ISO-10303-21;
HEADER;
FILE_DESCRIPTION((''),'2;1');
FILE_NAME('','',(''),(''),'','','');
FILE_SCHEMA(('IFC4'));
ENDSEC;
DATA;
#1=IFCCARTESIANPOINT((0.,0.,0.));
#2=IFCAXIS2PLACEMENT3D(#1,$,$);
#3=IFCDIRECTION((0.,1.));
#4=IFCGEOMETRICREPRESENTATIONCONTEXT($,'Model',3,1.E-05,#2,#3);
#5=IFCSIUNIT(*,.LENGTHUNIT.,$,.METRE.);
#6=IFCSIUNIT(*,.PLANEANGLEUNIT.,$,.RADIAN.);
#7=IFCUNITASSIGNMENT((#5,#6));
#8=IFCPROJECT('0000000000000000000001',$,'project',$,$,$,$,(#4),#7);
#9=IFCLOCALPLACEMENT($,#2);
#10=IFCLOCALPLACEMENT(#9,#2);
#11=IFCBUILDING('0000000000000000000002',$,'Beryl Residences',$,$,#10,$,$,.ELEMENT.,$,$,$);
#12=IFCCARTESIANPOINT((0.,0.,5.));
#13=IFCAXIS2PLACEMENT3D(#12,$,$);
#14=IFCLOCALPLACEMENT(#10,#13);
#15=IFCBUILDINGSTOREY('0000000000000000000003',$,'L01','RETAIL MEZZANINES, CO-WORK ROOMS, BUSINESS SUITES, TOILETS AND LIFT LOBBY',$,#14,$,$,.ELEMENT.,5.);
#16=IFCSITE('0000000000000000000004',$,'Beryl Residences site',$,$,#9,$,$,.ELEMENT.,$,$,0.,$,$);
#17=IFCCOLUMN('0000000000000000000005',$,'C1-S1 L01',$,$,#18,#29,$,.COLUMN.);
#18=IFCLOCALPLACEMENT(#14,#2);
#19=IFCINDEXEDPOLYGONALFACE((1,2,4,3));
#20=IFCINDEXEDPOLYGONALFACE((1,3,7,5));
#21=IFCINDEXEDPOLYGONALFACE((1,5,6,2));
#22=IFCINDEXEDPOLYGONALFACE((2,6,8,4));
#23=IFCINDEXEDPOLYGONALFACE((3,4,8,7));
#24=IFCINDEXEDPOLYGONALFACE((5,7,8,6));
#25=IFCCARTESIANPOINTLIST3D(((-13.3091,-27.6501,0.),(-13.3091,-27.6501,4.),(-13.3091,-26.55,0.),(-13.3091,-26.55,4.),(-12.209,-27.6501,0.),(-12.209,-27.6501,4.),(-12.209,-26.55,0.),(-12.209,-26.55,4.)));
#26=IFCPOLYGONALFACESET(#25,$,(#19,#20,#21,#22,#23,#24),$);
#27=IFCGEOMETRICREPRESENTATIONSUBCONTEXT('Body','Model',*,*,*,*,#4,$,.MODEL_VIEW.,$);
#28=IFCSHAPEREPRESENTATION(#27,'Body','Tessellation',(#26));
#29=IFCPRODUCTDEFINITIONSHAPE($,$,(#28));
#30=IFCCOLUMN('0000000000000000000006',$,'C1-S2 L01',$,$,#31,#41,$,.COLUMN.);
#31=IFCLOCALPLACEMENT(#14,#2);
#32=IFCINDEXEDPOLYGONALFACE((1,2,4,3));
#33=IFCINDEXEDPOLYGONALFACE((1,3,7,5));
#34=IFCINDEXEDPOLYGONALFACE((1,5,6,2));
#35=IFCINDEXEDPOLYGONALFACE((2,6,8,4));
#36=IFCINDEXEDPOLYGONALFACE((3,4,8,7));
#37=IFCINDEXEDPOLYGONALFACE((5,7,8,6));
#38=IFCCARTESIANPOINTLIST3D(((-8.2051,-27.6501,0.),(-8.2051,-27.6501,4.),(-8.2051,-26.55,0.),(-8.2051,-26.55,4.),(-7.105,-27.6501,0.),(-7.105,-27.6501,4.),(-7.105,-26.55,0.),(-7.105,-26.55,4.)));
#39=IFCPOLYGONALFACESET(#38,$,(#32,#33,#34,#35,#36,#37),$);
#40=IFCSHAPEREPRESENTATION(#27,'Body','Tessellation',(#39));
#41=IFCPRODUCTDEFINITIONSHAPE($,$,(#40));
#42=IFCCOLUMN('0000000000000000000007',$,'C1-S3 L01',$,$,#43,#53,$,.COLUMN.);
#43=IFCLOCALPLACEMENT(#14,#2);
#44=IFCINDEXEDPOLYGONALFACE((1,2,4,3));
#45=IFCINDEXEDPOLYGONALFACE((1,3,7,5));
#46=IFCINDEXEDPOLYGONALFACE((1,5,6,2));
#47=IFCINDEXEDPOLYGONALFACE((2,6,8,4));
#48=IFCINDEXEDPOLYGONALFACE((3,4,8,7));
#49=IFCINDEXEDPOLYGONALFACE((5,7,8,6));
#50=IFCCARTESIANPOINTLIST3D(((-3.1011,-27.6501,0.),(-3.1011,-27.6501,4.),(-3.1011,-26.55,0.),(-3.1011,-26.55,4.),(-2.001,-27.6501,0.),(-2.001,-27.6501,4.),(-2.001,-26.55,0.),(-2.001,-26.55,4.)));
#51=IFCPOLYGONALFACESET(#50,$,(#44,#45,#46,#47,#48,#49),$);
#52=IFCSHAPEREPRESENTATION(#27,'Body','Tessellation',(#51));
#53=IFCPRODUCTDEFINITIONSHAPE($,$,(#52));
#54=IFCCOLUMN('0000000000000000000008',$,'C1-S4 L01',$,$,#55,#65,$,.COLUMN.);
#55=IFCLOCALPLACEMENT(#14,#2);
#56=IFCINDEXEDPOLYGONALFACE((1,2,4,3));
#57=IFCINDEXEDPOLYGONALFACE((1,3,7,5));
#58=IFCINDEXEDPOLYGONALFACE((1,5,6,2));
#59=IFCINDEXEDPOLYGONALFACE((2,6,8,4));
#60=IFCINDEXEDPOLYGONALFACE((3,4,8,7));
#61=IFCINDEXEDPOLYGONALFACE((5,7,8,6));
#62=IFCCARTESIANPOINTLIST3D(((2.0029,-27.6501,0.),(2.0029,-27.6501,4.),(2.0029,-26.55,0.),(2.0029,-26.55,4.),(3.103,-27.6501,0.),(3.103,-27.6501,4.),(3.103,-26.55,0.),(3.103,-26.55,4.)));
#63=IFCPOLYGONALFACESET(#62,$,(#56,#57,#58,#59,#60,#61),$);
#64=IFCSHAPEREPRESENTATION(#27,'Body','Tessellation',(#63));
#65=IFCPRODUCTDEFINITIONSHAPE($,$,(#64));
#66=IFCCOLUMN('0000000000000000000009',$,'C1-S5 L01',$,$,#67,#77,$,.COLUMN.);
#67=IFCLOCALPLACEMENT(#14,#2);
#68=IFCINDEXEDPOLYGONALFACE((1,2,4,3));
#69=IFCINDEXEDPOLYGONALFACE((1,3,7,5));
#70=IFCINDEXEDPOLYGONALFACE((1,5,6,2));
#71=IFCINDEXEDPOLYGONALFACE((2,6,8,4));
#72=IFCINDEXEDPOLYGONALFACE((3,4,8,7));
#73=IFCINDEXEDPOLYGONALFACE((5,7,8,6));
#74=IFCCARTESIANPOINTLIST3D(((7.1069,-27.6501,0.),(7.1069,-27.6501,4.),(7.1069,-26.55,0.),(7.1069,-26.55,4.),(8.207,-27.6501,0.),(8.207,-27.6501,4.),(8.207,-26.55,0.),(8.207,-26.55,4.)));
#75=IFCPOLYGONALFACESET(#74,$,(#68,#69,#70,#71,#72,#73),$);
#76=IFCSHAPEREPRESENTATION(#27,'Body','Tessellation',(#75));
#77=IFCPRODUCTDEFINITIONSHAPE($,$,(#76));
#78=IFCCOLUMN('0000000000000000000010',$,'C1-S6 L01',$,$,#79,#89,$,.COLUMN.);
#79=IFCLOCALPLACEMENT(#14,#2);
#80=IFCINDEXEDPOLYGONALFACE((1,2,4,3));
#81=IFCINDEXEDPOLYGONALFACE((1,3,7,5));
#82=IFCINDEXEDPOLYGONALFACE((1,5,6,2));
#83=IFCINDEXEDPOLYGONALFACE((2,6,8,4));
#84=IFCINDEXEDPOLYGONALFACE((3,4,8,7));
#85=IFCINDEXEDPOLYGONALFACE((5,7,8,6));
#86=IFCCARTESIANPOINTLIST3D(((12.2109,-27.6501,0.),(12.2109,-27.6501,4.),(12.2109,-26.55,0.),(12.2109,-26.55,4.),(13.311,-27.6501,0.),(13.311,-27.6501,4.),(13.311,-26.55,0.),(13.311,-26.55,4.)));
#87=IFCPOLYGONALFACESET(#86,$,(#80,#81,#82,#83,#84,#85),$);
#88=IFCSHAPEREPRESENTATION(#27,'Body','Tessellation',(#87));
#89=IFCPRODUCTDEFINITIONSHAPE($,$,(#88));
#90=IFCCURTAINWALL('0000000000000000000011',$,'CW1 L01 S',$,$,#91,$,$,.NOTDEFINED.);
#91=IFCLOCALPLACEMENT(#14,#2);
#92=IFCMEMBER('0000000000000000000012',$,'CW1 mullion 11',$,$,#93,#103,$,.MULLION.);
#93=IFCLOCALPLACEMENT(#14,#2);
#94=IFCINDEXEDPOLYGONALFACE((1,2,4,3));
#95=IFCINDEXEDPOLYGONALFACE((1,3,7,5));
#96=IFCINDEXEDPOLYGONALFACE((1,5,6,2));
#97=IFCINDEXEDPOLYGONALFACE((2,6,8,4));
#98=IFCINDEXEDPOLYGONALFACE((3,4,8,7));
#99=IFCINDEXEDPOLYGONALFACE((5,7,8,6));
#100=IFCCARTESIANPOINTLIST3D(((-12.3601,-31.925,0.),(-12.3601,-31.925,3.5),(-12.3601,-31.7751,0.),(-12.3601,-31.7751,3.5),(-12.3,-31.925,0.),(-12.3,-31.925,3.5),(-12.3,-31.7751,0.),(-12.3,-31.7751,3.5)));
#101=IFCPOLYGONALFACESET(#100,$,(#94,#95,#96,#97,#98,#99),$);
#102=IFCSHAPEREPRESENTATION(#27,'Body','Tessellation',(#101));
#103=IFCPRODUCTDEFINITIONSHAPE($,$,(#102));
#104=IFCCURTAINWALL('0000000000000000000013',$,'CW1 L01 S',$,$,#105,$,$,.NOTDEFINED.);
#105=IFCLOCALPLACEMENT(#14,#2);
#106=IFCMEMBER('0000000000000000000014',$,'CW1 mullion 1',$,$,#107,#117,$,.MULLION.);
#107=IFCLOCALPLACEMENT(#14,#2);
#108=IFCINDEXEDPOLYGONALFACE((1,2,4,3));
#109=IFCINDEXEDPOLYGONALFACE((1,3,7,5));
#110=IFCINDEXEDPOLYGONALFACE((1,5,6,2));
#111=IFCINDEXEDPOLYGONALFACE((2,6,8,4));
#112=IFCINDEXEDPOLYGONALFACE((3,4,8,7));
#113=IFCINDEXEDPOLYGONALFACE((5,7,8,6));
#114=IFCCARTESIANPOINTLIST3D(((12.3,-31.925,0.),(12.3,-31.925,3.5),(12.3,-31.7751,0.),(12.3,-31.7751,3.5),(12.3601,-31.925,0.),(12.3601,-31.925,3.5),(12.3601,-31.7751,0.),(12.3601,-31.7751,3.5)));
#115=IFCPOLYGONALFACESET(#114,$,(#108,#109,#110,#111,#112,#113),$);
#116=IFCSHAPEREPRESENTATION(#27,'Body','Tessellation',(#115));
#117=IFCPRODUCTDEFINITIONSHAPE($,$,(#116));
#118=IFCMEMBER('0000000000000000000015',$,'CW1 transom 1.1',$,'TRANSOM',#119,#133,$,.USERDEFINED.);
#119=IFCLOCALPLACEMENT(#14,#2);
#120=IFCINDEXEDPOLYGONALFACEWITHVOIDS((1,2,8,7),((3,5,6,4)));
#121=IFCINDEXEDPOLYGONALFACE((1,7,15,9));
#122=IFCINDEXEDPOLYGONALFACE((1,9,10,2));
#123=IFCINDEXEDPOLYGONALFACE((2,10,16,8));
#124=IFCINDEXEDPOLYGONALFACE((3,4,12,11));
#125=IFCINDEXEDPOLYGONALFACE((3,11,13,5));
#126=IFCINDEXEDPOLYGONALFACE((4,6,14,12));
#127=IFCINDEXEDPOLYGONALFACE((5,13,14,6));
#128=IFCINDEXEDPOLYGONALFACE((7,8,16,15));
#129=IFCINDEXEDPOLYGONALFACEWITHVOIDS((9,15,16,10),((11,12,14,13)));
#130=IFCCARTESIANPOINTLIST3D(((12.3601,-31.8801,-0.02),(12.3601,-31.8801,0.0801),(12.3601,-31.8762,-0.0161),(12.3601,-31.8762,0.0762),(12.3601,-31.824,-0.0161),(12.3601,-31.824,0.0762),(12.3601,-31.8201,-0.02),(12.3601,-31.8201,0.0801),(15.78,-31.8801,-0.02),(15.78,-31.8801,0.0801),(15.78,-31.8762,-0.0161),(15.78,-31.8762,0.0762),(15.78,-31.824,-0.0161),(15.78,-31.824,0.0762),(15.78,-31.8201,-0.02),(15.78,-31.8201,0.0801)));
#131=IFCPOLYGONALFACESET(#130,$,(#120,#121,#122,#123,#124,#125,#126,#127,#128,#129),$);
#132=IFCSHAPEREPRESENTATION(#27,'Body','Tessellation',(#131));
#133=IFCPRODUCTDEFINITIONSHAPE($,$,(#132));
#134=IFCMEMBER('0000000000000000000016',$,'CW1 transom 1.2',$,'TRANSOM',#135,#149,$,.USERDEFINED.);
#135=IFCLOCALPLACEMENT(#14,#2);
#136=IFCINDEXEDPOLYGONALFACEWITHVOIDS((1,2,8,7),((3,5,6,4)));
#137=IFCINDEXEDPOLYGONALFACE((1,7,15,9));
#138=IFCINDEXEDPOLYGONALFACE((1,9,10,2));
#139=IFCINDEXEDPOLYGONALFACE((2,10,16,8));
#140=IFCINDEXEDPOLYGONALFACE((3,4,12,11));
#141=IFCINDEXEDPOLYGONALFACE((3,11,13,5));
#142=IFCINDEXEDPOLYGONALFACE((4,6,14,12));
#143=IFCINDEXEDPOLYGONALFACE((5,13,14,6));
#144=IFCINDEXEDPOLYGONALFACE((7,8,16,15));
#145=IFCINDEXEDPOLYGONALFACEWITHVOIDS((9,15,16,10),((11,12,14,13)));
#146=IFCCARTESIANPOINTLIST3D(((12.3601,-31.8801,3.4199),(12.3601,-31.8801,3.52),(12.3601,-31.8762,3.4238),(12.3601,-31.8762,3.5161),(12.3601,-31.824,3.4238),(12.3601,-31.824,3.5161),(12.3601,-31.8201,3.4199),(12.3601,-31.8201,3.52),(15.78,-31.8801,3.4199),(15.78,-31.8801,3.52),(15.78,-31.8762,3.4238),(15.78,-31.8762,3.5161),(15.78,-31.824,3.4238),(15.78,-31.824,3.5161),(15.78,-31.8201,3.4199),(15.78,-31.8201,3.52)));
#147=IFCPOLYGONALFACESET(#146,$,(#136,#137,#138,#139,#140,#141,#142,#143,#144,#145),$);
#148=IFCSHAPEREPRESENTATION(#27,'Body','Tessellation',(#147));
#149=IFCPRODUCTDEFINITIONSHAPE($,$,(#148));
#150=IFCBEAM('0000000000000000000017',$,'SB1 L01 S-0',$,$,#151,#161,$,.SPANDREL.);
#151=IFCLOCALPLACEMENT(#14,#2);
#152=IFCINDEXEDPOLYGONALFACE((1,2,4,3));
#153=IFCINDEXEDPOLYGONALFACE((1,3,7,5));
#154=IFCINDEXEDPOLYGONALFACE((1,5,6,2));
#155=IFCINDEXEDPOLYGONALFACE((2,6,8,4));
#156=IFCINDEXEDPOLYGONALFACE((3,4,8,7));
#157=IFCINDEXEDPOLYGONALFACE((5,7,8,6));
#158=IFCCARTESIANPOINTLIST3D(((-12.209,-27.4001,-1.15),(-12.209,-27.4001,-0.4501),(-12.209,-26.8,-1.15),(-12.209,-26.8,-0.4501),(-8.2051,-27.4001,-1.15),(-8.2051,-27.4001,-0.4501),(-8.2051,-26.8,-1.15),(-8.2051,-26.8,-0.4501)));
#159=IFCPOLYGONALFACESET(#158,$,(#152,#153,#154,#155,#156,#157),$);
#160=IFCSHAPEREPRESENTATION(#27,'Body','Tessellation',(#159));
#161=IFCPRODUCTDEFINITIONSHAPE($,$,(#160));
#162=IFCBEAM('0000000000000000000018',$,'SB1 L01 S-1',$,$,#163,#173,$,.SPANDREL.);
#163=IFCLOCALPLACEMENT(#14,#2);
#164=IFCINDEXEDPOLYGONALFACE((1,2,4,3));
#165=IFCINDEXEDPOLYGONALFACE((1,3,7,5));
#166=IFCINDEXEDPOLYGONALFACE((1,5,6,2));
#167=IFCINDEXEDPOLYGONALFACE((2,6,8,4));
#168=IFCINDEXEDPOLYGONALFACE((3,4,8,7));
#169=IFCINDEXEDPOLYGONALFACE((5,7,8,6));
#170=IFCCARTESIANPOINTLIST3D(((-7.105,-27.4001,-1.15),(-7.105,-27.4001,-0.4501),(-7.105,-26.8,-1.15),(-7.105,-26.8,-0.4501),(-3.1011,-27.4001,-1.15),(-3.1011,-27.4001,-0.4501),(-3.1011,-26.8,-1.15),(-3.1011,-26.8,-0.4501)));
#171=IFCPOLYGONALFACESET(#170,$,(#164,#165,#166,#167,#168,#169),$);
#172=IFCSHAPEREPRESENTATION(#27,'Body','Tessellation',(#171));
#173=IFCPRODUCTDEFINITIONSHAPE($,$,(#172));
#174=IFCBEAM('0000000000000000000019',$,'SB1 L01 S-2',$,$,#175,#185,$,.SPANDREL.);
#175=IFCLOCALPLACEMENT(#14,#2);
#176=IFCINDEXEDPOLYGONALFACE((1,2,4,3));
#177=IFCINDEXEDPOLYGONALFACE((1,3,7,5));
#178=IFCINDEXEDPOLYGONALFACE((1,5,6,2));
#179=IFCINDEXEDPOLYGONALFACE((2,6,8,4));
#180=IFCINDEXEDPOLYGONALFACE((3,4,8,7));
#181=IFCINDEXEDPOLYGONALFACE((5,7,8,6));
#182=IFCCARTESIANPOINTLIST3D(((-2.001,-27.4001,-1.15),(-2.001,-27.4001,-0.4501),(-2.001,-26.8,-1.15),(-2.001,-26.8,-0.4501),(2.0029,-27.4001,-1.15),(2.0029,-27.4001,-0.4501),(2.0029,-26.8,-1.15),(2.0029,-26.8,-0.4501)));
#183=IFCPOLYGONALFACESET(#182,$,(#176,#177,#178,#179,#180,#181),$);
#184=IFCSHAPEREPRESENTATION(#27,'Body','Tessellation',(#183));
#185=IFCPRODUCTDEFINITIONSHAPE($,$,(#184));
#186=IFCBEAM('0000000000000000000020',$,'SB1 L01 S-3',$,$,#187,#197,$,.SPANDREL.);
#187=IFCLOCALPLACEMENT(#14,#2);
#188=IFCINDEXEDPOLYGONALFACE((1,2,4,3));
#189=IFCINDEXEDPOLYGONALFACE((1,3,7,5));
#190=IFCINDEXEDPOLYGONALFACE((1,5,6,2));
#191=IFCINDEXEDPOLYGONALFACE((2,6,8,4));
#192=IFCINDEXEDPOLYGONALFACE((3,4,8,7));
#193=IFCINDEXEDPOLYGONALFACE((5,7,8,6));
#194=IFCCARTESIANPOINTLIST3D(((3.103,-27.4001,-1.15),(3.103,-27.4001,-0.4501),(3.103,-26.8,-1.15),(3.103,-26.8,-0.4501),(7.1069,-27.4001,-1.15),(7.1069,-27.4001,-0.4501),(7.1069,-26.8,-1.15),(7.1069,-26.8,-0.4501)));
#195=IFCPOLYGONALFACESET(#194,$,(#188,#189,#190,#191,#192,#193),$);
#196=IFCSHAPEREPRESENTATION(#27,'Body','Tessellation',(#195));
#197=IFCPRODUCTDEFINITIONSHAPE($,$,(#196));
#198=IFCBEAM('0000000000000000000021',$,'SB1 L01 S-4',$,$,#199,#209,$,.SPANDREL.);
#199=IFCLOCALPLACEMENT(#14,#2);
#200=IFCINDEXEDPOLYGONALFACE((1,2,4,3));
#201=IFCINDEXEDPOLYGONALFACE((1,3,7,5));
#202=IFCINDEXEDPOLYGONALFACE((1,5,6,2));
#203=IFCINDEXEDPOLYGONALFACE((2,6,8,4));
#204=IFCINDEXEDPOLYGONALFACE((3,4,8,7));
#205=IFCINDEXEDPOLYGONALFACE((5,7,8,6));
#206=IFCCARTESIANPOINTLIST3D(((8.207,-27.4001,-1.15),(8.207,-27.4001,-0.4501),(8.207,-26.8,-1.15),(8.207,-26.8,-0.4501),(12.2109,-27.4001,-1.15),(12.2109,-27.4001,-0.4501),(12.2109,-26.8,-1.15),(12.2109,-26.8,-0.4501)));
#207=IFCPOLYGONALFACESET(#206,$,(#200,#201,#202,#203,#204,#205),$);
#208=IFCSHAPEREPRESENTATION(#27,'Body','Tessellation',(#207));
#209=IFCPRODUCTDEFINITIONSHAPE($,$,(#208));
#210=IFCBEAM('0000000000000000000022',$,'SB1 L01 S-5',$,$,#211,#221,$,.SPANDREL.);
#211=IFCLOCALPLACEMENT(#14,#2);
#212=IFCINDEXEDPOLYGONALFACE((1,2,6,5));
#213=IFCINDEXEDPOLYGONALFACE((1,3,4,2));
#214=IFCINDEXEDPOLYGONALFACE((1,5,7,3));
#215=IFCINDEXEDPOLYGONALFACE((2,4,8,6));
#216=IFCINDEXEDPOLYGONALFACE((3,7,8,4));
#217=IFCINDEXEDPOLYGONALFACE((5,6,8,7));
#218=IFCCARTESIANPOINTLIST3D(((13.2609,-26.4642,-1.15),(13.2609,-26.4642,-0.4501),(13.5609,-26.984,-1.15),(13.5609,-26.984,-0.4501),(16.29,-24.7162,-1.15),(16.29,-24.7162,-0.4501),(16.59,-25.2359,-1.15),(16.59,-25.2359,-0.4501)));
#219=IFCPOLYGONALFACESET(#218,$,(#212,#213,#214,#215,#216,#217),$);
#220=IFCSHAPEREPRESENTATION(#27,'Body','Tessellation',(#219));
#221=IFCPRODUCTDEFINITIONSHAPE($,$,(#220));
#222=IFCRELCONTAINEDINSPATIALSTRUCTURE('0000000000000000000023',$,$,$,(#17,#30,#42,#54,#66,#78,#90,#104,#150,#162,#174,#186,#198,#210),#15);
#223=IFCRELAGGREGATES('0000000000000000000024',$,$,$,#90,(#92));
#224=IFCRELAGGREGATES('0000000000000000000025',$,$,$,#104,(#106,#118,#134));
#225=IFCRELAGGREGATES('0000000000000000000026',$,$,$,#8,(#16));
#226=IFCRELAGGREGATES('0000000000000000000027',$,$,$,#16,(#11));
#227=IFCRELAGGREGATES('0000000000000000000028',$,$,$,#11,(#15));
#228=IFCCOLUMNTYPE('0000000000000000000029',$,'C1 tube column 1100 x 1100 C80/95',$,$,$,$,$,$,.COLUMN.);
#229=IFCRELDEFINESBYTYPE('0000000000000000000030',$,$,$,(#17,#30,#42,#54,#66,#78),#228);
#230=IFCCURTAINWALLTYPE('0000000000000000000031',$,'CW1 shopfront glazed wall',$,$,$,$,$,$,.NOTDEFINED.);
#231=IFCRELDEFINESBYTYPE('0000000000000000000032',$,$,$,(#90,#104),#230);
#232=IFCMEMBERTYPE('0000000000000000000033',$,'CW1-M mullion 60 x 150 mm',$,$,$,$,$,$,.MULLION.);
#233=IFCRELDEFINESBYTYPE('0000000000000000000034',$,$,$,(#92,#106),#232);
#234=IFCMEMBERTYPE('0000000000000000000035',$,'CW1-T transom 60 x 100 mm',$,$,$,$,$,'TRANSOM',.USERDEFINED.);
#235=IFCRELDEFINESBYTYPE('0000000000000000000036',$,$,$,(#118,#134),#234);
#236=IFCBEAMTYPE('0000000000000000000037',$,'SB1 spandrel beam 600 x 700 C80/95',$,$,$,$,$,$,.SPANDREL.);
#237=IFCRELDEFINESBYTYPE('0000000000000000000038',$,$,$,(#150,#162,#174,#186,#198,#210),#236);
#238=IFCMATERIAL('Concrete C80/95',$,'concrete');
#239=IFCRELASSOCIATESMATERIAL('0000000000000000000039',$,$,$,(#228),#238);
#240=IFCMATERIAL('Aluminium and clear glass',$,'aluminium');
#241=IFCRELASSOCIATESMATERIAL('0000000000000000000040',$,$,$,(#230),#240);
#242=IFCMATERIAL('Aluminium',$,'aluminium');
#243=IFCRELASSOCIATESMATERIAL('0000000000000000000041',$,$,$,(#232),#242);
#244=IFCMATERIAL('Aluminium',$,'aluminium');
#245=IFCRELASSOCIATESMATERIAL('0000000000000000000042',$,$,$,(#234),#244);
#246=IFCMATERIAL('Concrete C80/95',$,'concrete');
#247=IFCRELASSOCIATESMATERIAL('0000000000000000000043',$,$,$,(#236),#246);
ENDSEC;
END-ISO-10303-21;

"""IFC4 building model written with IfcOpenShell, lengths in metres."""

from ifc_helpers import new_model, si_unit, direction, frame, origin, origin_2d, place, context, subcontext, project, spatial, rectangle, hollow_rectangle, extrude, material, material_profile, profile_set, type_object, element, aggregate, save


model = new_model("IFC4")

# Units and contexts
model_context = context("Model", 3, precision=1e-05, world=origin(), true_north=direction((0.0, 1.0)))
body_context = subcontext(model_context, "Body", "Model", "MODEL_VIEW")
ifc_project = project(units=[si_unit("LENGTHUNIT", "METRE"), si_unit("PLANEANGLEUNIT", "RADIAN")], contexts=[model_context])

# Site, building, storey
site_placement = place(None, origin())
site = spatial("IfcSite", under=ifc_project, at=site_placement, Name="Beryl Residences site", CompositionType="ELEMENT", RefElevation=0.0)
building_placement = place(site_placement, origin())
building = spatial("IfcBuilding", under=site, at=building_placement, Name="Beryl Residences", CompositionType="ELEMENT")
storey_placement = place(building_placement, frame((0.0, 0.0, 5.0)))
storey = spatial("IfcBuildingStorey", under=building, at=storey_placement, Name="L01", Description="RETAIL MEZZANINES, CO-WORK ROOMS, BUSINESS SUITES, TOILETS AND LIFT LOBBY", CompositionType="ELEMENT", Elevation=5.0)

# Columns
ifc_material_1 = material(Name="Concrete C80/95", Category="concrete")
ifc_material_profile_1 = material_profile(ifc_material_1, rectangle(XDim=1.1001, YDim=1.1001, at=origin_2d()))
ifc_profile_set_1 = profile_set([ifc_material_profile_1], Name="Concrete C80/95")
column_type = type_object("IfcColumnType", Name="C1 tube column 1100 x 1100 C80/95", PredefinedType="COLUMN", material=ifc_profile_set_1)
for number, where, z_axis, x_axis, name in (
    (1, (-12.759, -27.1001, 0.0), (0.0, 0.0, 1.0), (1.0, 0.0, 0.0), "C1-S1 L01"),
    (2, (-7.655, -27.1001, 0.0), (0.0, 0.0, 1.0), (1.0, 0.0, 0.0), "C1-S2 L01"),
    (3, (-2.551, -27.1001, 0.0), (0.0, 0.0, 1.0), (1.0, 0.0, 0.0), "C1-S3 L01"),
    (4, (2.553, -27.1001, 0.0), (0.0, 0.0, 1.0), (1.0, 0.0, 0.0), "C1-S4 L01"),
    (5, (7.657, -27.1001, 0.0), (0.0, 0.0, 1.0), (1.0, 0.0, 0.0), "C1-S5 L01"),
    (6, (12.761, -27.1001, 0.0), (0.0, 0.0, 1.0), (1.0, 0.0, 0.0), "C1-S6 L01"),
):
    element("IfcColumn", number, at=place(storey_placement, frame(where, z_axis=z_axis, x_axis=x_axis)), inside=storey, type_object=column_type, Name=name, PredefinedType="COLUMN", context=body_context, shape_type="SweptSolid", body=[
        extrude(rectangle(XDim=1.1001, YDim=1.1001, at=origin_2d()), origin(), (0.0, 0.0, 1.0), 4.0),
    ])

# Curtain wall, member
ifc_material_2 = material(Name="Aluminium and clear glass", Category="aluminium")
curtain_wall_type = type_object("IfcCurtainWallType", Name="CW1 shopfront glazed wall", PredefinedType="NOTDEFINED", material=ifc_material_2)
curtain_wall_1_placement = place(storey_placement, origin())
curtain_wall_1 = element("IfcCurtainWall", 7, at=curtain_wall_1_placement, inside=storey, type_object=curtain_wall_type, Name="CW1 L01 S", PredefinedType="NOTDEFINED")
ifc_material_3 = material(Name="Aluminium", Category="aluminium")
ifc_material_profile_2 = material_profile(ifc_material_3, rectangle(XDim=0.0601, YDim=0.1499, at=origin_2d()))
ifc_profile_set_2 = profile_set([ifc_material_profile_2], Name="Aluminium")
member_type_1 = type_object("IfcMemberType", Name="CW1-M mullion 60 x 150 mm", PredefinedType="MULLION", material=ifc_profile_set_2)
member_1_placement = place(storey_placement, frame((-12.3301, -31.8501, 0.0), z_axis=(0.0, 0.0, 1.0), x_axis=(1.0, 0.0, 0.0)))
member_1 = element("IfcMember", 8, at=member_1_placement, type_object=member_type_1, Name="CW1 mullion 11", PredefinedType="MULLION", context=body_context, shape_type="SweptSolid", body=[
    extrude(rectangle(XDim=0.0601, YDim=0.1499, at=origin_2d()), origin(), (0.0, 0.0, 1.0), 3.5),
])
aggregate(curtain_wall_1, [member_1])

# Curtain wall, members
curtain_wall_2_placement = place(storey_placement, origin())
curtain_wall_2 = element("IfcCurtainWall", 9, at=curtain_wall_2_placement, inside=storey, type_object=curtain_wall_type, Name="CW1 L01 S", PredefinedType="NOTDEFINED")
member_2_placement = place(storey_placement, frame((12.3301, -31.8501, 0.0), z_axis=(0.0, 0.0, 1.0), x_axis=(1.0, 0.0, 0.0)))
member_2 = element("IfcMember", 10, at=member_2_placement, type_object=member_type_1, Name="CW1 mullion 1", PredefinedType="MULLION", context=body_context, shape_type="SweptSolid", body=[
    extrude(rectangle(XDim=0.0601, YDim=0.1499, at=origin_2d()), origin(), (0.0, 0.0, 1.0), 3.5),
])
ifc_material_4 = material(Name="Aluminium", Category="aluminium")
ifc_material_profile_3 = material_profile(ifc_material_4, hollow_rectangle(XDim=0.0601, YDim=0.1001, WallThickness=0.0039, at=origin_2d()))
ifc_profile_set_3 = profile_set([ifc_material_profile_3], Name="Aluminium")
member_type_2 = type_object("IfcMemberType", Name="CW1-T transom 60 x 100 mm", ElementType="TRANSOM", PredefinedType="USERDEFINED", material=ifc_profile_set_3)
member_3_placement = place(storey_placement, frame((12.3601, -31.8501, 0.03), z_axis=(1.0, 0.0, 0.0), x_axis=(0.0, 1.0, 0.0)))
member_3 = element("IfcMember", 11, at=member_3_placement, type_object=member_type_2, Name="CW1 transom 1.1", ObjectType="TRANSOM", PredefinedType="USERDEFINED", context=body_context, shape_type="SweptSolid", body=[
    extrude(hollow_rectangle(XDim=0.0601, YDim=0.1001, WallThickness=0.0039, at=origin_2d()), origin(), (0.0, 0.0, 1.0), 3.4199),
])
member_4_placement = place(storey_placement, frame((12.3601, -31.8501, 3.47), z_axis=(1.0, 0.0, 0.0), x_axis=(0.0, 1.0, 0.0)))
member_4 = element("IfcMember", 12, at=member_4_placement, type_object=member_type_2, Name="CW1 transom 1.2", ObjectType="TRANSOM", PredefinedType="USERDEFINED", context=body_context, shape_type="SweptSolid", body=[
    extrude(hollow_rectangle(XDim=0.0601, YDim=0.1001, WallThickness=0.0039, at=origin_2d()), origin(), (0.0, 0.0, 1.0), 3.4199),
])
aggregate(curtain_wall_2, [member_2, member_3, member_4])

# Beams
ifc_material_5 = material(Name="Concrete C80/95", Category="concrete")
ifc_material_profile_4 = material_profile(ifc_material_5, rectangle(XDim=0.6001, YDim=0.7, at=origin_2d()))
ifc_profile_set_4 = profile_set([ifc_material_profile_4], Name="Concrete C80/95")
beam_type = type_object("IfcBeamType", Name="SB1 spandrel beam 600 x 700 C80/95", PredefinedType="SPANDREL", material=ifc_profile_set_4)
for number, where, z_axis, x_axis, name in (
    (13, (-12.209, -27.1001, -0.8), (1.0, 0.0, 0.0), (0.0, 1.0, 0.0), "SB1 L01 S-0"),
    (14, (-7.105, -27.1001, -0.8), (1.0, 0.0, 0.0), (0.0, 1.0, 0.0), "SB1 L01 S-1"),
    (15, (-2.001, -27.1001, -0.8), (1.0, 0.0, 0.0), (0.0, 1.0, 0.0), "SB1 L01 S-2"),
    (16, (3.103, -27.1001, -0.8), (1.0, 0.0, 0.0), (0.0, 1.0, 0.0), "SB1 L01 S-3"),
    (17, (8.207, -27.1001, -0.8), (1.0, 0.0, 0.0), (0.0, 1.0, 0.0), "SB1 L01 S-4"),
):
    element("IfcBeam", number, at=place(storey_placement, frame(where, z_axis=z_axis, x_axis=x_axis)), inside=storey, type_object=beam_type, Name=name, PredefinedType="SPANDREL", context=body_context, shape_type="SweptSolid", body=[
        extrude(rectangle(XDim=0.6001, YDim=0.7, at=origin_2d()), origin(), (0.0, 0.0, 1.0), 4.0039),
    ])
beam_placement = place(storey_placement, frame((13.4109, -26.7241, -0.8), z_axis=(0.866122, 0.499833, 0.0), x_axis=(-0.499833, 0.866122, 0.0)))
element("IfcBeam", 18, at=beam_placement, inside=storey, type_object=beam_type, Name="SB1 L01 S-5", PredefinedType="SPANDREL", context=body_context, shape_type="SweptSolid", body=[
    extrude(rectangle(XDim=0.6001, YDim=0.7, at=origin_2d()), origin(), (0.0, 0.0, 1.0), 3.4973),
])

save(model, "model.ifc")
